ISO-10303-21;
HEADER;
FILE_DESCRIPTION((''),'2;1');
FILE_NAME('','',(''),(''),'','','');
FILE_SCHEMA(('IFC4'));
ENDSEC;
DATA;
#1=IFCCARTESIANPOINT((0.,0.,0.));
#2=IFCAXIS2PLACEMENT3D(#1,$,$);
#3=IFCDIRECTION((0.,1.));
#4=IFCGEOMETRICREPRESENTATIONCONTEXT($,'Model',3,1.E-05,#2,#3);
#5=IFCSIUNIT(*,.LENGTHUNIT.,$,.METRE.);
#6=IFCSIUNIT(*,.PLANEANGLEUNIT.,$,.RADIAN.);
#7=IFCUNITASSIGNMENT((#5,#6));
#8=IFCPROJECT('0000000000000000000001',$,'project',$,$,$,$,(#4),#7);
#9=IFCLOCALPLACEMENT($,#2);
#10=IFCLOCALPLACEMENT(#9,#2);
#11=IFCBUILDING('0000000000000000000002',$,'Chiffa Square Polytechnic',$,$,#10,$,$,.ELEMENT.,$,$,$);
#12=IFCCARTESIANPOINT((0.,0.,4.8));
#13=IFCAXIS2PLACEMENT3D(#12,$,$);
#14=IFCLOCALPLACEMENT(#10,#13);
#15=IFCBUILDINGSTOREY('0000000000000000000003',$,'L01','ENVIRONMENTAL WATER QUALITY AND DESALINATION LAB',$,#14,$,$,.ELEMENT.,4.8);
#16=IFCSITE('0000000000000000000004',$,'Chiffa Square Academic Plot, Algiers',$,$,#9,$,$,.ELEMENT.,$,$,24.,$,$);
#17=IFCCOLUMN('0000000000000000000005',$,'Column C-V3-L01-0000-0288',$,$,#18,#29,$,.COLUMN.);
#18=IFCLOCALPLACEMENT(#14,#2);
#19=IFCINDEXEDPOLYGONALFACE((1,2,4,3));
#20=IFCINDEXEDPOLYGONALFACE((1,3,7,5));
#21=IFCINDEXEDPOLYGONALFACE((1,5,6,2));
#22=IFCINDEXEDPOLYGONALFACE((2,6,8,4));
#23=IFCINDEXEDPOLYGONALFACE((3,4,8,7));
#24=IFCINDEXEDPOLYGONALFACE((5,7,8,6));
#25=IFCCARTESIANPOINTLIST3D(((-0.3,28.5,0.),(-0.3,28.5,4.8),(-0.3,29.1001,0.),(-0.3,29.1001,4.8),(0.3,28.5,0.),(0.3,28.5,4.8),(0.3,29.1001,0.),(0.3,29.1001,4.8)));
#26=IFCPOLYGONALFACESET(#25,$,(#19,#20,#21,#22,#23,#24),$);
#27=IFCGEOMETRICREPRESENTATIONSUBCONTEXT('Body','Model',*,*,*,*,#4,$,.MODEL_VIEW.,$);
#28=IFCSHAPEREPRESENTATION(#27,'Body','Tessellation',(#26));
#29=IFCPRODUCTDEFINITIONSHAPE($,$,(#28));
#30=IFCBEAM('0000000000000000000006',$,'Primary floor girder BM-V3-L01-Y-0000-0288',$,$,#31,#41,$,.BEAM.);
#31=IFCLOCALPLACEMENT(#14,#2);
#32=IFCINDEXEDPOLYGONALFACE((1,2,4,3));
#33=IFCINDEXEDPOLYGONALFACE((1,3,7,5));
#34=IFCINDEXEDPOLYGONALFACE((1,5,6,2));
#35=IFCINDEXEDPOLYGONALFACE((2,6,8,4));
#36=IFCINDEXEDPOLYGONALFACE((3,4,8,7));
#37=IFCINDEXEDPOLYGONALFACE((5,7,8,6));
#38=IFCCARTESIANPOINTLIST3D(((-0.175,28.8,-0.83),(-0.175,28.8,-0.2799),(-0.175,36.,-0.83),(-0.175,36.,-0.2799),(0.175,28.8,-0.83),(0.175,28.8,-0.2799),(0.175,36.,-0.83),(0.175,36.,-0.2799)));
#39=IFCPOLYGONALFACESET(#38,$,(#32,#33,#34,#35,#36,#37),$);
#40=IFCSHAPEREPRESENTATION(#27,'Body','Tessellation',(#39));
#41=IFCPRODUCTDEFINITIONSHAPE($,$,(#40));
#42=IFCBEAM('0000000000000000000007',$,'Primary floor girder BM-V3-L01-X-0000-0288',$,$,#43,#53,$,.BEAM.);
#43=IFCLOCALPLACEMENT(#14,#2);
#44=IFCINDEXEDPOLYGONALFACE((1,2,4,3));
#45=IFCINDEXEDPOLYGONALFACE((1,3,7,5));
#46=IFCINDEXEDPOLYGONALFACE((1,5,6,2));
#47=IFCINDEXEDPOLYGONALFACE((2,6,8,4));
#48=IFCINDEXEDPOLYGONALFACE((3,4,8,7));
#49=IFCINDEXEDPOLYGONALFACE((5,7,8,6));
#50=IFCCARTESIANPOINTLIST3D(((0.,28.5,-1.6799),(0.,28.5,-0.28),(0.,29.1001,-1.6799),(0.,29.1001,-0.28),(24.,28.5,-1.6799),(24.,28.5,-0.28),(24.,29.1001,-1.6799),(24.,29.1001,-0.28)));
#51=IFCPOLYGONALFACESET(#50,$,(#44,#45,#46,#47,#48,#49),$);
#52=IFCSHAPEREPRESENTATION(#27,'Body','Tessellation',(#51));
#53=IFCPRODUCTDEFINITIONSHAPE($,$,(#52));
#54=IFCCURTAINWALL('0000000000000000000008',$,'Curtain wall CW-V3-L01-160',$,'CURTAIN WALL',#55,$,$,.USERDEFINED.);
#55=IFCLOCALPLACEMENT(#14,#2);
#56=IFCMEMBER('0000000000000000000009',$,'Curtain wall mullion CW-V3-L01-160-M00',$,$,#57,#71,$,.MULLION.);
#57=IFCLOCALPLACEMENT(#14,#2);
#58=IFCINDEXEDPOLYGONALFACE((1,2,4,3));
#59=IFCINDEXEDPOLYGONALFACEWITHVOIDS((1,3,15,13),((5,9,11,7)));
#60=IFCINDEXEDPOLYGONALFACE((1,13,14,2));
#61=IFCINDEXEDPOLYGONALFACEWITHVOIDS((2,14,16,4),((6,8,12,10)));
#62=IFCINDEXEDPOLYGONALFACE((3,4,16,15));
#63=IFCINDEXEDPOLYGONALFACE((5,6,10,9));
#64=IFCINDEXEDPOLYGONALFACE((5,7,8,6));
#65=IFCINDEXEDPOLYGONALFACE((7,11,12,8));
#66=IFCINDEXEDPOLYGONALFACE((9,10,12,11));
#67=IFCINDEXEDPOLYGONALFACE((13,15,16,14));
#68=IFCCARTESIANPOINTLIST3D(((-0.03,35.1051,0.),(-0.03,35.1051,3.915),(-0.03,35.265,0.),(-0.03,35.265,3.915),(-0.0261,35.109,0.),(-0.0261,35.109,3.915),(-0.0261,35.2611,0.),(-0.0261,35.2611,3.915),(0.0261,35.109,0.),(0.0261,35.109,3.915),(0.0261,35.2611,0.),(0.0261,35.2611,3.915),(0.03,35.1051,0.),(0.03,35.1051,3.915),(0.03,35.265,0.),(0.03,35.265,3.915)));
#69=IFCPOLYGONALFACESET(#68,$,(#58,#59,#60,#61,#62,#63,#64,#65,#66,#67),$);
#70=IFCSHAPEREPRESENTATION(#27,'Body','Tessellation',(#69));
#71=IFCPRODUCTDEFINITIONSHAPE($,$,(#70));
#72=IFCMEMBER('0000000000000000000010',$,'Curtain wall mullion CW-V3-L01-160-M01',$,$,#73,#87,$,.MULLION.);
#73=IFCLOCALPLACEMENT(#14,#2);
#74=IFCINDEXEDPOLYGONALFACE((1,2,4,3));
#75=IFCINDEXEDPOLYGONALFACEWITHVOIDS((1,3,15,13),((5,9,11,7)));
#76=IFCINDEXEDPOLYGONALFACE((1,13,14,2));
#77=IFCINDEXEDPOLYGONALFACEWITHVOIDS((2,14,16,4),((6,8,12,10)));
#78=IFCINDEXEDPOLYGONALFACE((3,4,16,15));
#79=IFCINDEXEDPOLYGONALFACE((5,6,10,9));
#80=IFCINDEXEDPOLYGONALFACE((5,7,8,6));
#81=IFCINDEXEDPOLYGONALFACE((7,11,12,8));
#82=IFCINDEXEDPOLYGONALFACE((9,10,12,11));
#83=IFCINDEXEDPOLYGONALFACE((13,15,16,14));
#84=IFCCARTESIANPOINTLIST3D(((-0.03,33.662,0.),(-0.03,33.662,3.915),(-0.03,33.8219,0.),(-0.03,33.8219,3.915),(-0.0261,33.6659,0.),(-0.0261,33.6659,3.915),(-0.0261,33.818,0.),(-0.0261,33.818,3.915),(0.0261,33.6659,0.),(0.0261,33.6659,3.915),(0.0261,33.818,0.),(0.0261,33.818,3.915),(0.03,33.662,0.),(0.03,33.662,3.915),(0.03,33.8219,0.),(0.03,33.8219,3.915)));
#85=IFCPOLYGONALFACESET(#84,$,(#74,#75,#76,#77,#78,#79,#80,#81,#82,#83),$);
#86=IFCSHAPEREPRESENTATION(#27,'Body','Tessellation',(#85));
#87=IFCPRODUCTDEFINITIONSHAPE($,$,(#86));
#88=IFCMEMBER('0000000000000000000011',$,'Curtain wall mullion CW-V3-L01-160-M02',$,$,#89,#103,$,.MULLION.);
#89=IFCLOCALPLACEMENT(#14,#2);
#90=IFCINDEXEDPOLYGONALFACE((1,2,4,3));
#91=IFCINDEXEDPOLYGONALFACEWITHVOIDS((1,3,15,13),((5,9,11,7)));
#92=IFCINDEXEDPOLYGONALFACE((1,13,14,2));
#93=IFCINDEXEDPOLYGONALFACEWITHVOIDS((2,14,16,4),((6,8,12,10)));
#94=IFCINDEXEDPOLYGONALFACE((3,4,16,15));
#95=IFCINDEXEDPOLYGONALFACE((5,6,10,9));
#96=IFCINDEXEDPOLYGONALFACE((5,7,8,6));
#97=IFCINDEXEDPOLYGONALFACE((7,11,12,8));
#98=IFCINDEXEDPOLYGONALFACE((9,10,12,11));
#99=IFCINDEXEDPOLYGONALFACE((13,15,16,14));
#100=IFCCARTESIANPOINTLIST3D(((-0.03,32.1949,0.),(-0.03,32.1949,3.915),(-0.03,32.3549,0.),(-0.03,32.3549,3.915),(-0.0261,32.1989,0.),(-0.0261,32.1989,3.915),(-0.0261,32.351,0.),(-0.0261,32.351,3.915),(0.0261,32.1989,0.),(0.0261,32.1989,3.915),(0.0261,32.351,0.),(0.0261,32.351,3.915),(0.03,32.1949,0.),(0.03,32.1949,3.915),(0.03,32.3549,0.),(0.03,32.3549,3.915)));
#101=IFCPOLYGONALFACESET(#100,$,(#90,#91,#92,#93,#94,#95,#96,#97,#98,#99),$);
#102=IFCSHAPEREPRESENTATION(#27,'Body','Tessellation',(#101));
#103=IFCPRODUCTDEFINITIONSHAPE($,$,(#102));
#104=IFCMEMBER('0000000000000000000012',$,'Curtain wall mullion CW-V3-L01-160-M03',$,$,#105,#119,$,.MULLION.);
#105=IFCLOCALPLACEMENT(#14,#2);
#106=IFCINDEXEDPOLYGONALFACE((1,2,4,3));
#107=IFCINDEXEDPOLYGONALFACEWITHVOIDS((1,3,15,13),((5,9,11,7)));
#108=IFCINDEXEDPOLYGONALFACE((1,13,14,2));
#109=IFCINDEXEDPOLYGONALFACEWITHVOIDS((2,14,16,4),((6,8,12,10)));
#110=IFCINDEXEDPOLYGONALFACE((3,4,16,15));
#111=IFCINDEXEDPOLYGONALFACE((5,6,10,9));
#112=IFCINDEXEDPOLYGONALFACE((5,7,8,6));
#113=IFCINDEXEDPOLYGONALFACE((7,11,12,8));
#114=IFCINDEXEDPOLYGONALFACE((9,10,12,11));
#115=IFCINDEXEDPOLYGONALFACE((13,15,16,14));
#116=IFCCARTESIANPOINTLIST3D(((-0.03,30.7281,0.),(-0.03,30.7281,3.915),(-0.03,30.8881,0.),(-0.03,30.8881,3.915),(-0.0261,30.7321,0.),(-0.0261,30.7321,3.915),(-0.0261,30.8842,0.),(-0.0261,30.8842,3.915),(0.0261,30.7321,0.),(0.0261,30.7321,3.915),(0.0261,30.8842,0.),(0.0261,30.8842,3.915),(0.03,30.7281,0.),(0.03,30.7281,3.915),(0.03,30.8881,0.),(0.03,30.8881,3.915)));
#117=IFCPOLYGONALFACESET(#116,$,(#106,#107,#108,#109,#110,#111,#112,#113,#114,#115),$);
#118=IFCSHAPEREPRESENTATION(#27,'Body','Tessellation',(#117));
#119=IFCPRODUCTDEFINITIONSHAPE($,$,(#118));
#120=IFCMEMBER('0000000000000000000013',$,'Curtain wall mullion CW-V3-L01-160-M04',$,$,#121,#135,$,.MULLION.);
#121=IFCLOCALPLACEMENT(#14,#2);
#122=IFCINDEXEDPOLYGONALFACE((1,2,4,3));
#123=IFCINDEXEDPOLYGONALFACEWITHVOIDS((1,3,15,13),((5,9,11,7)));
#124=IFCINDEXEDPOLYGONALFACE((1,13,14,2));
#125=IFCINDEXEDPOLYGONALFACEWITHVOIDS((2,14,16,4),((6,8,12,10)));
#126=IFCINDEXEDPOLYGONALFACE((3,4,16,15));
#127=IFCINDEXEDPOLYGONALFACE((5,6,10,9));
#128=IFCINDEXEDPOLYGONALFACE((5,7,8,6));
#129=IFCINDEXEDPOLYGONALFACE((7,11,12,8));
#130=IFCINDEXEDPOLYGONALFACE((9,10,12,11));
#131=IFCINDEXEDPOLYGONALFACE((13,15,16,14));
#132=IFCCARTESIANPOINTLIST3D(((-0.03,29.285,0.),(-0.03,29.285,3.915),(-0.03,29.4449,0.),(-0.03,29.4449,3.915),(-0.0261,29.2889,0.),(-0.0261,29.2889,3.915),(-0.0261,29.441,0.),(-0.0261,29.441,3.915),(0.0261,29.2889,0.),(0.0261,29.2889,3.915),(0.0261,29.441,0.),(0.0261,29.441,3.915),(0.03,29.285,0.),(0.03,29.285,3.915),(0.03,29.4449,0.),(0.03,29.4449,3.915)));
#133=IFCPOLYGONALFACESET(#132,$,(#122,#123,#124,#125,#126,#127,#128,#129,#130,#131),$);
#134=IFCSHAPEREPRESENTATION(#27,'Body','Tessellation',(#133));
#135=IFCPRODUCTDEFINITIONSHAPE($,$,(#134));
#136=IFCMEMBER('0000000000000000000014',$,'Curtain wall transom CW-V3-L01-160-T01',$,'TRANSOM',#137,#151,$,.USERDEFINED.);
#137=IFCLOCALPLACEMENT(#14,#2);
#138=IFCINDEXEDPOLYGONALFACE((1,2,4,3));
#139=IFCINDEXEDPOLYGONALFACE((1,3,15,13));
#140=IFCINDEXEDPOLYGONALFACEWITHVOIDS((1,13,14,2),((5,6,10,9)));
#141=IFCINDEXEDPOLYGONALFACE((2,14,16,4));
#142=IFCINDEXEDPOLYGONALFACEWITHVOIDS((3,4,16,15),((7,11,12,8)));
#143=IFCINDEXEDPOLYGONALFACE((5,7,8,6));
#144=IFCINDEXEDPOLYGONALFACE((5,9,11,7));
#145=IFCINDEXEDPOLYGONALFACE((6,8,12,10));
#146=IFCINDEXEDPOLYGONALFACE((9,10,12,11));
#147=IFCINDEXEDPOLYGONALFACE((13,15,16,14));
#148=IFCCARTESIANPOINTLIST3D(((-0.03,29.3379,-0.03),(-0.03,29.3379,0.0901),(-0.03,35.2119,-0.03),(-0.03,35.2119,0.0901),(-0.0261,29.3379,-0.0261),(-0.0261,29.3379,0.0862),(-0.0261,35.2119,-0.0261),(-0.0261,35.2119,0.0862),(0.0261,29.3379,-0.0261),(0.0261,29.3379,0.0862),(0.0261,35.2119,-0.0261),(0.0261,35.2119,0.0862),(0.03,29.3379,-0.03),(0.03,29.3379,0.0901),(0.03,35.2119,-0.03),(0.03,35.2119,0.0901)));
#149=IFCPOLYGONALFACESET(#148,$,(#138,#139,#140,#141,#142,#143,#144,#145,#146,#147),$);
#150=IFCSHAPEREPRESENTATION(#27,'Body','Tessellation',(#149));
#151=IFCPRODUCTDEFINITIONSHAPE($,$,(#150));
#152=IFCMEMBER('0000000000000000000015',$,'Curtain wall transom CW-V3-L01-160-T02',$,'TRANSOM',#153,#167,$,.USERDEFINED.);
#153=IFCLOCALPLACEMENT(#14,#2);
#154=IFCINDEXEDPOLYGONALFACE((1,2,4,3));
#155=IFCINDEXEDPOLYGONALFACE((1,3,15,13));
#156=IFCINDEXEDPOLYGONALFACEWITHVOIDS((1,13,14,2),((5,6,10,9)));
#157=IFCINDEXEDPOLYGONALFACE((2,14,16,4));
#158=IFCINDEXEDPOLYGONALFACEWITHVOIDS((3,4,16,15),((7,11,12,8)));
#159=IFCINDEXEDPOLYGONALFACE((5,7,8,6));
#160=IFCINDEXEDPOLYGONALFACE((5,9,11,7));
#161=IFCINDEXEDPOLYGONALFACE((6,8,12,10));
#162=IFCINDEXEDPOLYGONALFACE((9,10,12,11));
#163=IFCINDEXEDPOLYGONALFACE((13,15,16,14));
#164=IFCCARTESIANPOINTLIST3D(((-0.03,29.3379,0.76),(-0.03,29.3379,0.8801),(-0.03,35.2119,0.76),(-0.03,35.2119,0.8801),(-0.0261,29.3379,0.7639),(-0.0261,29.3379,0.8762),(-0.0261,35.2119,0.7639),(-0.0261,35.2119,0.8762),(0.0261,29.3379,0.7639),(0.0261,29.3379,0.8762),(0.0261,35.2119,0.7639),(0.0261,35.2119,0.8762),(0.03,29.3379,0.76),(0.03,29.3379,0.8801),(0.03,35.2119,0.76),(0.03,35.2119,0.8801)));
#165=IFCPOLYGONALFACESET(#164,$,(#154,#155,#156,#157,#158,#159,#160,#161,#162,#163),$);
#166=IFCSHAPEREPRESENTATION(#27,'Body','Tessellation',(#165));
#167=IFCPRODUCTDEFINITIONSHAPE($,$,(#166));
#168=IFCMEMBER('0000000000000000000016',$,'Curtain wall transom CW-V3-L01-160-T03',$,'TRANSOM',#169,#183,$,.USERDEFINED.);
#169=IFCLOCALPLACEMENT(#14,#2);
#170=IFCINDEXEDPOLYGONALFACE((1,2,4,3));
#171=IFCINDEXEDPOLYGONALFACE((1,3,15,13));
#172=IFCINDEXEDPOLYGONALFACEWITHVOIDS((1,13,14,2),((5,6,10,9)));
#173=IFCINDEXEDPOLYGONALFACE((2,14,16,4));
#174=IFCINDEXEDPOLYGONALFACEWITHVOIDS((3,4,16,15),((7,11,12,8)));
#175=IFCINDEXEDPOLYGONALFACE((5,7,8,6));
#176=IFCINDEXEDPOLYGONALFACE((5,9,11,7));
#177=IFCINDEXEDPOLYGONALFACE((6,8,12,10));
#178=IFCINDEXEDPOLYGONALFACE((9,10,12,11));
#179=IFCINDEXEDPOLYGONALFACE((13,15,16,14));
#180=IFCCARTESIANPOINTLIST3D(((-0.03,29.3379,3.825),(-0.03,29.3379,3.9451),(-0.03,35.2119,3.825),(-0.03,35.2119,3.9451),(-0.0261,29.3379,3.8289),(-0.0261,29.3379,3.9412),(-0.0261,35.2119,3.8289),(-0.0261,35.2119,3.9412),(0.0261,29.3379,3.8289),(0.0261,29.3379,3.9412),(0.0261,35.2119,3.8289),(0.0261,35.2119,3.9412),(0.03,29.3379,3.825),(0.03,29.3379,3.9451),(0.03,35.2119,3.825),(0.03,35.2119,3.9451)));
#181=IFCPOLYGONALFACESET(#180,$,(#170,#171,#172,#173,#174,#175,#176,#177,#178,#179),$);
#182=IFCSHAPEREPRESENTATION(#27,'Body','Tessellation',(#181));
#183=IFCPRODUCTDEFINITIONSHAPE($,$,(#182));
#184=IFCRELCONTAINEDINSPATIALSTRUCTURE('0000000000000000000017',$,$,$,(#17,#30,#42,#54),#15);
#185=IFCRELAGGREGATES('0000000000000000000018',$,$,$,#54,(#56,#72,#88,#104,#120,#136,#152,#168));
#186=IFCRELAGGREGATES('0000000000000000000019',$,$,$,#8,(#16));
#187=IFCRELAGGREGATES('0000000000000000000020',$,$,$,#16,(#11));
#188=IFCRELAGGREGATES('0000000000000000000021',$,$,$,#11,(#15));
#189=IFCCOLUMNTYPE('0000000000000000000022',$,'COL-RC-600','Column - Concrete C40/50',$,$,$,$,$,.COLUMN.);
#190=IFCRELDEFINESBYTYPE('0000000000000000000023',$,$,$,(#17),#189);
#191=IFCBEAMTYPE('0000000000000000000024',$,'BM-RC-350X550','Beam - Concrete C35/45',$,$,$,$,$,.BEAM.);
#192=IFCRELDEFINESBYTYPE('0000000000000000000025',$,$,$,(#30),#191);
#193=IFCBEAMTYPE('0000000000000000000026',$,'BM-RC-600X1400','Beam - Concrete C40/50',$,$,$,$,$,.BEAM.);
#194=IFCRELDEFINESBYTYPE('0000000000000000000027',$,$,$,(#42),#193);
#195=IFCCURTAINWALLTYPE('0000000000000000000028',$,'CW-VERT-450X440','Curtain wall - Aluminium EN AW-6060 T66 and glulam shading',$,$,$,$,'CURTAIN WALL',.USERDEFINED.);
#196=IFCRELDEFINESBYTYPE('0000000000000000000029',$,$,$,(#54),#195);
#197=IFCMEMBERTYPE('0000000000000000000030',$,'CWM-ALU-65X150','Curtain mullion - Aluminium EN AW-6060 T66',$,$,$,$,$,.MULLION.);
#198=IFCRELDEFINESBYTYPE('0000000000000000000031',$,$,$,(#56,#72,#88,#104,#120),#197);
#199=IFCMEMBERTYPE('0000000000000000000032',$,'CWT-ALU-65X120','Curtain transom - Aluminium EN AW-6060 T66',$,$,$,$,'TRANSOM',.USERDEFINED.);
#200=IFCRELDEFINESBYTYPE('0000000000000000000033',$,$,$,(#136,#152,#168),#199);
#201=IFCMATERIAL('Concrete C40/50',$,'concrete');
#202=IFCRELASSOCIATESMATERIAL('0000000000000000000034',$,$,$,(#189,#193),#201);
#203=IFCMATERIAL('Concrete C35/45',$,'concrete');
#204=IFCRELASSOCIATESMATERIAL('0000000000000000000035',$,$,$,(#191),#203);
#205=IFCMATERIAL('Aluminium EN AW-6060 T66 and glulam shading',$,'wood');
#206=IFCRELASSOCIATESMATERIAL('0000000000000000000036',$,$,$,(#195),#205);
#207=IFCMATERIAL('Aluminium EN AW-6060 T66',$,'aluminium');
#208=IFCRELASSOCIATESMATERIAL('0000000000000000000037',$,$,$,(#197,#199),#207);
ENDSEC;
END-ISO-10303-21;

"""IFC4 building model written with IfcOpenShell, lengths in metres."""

from ifc_helpers import new_model, si_unit, direction, frame, origin, origin_2d, place, context, subcontext, project, spatial, rectangle, hollow_rectangle, extrude, material, material_profile, profile_set, type_object, element, aggregate, save


model = new_model("IFC4")

# Units and contexts
model_context = context("Model", 3, precision=1e-05, world=origin(), true_north=direction((0.0, 1.0)))
body_context = subcontext(model_context, "Body", "Model", "MODEL_VIEW")
ifc_project = project(units=[si_unit("LENGTHUNIT", "METRE"), si_unit("PLANEANGLEUNIT", "RADIAN")], contexts=[model_context])

# Site, building, storey
site_placement = place(None, origin())
site = spatial("IfcSite", under=ifc_project, at=site_placement, Name="Chiffa Square Academic Plot, Algiers", CompositionType="ELEMENT", RefElevation=24.0)
building_placement = place(site_placement, origin())
building = spatial("IfcBuilding", under=site, at=building_placement, Name="Chiffa Square Polytechnic", CompositionType="ELEMENT")
storey_placement = place(building_placement, frame((0.0, 0.0, 4.8)))
storey = spatial("IfcBuildingStorey", under=building, at=storey_placement, Name="L01", Description="ENVIRONMENTAL WATER QUALITY AND DESALINATION LAB", CompositionType="ELEMENT", Elevation=4.8)

# Column
ifc_material_1 = material(Name="Concrete C40/50", Category="concrete")
ifc_material_profile_1 = material_profile(ifc_material_1, rectangle(XDim=0.6001, YDim=0.6001, at=origin_2d()), Name="RC 600x600")
ifc_profile_set_1 = profile_set([ifc_material_profile_1], Name="Concrete C40/50")
column_type = type_object("IfcColumnType", Name="COL-RC-600", Description="Column - Concrete C40/50", PredefinedType="COLUMN", material=ifc_profile_set_1)
column_placement = place(storey_placement, frame((0.0, 28.8, 0.0), z_axis=(0.0, 0.0, 1.0), x_axis=(1.0, 0.0, 0.0)))
element("IfcColumn", 1, at=column_placement, inside=storey, type_object=column_type, Name="Column C-V3-L01-0000-0288", PredefinedType="COLUMN", context=body_context, shape_type="SweptSolid", body=[
    extrude(rectangle(XDim=0.6001, YDim=0.6001, at=origin_2d()), origin(), (0.0, 0.0, 1.0), 4.8),
])

# Beams
ifc_material_2 = material(Name="Concrete C35/45", Category="concrete")
ifc_material_profile_2 = material_profile(ifc_material_2, rectangle(XDim=0.3501, YDim=0.55, at=origin_2d()), Name="RC 350x550")
ifc_profile_set_2 = profile_set([ifc_material_profile_2], Name="Concrete C35/45")
beam_type_1 = type_object("IfcBeamType", Name="BM-RC-350X550", Description="Beam - Concrete C35/45", PredefinedType="BEAM", material=ifc_profile_set_2)
beam_1_placement = place(storey_placement, frame((0.0, 28.8, -0.5549), z_axis=(0.0, 1.0, 0.0), x_axis=(-1.0, 0.0, 0.0)))
element("IfcBeam", 2, at=beam_1_placement, inside=storey, type_object=beam_type_1, Name="Primary floor girder BM-V3-L01-Y-0000-0288", PredefinedType="BEAM", context=body_context, shape_type="SweptSolid", body=[
    extrude(rectangle(XDim=0.3501, YDim=0.55, at=origin_2d()), origin(), (0.0, 0.0, 1.0), 7.2),
])
ifc_material_profile_3 = material_profile(ifc_material_1, rectangle(XDim=0.6001, YDim=1.3999, at=origin_2d()), Name="RC 600x1400")
ifc_profile_set_3 = profile_set([ifc_material_profile_3], Name="Concrete C40/50")
beam_type_2 = type_object("IfcBeamType", Name="BM-RC-600X1400", Description="Beam - Concrete C40/50", PredefinedType="BEAM", material=ifc_profile_set_3)
beam_2_placement = place(storey_placement, frame((0.0, 28.8, -0.98), z_axis=(1.0, 0.0, 0.0), x_axis=(0.0, 1.0, 0.0)))
element("IfcBeam", 3, at=beam_2_placement, inside=storey, type_object=beam_type_2, Name="Primary floor girder BM-V3-L01-X-0000-0288", PredefinedType="BEAM", context=body_context, shape_type="SweptSolid", body=[
    extrude(rectangle(XDim=0.6001, YDim=1.3999, at=origin_2d()), origin(), (0.0, 0.0, 1.0), 24.0),
])

# Curtain wall, members
ifc_material_3 = material(Name="Aluminium EN AW-6060 T66 and glulam shading", Category="wood")
curtain_wall_type_1 = type_object("IfcCurtainWallType", Name="CW-VERT-450X440", Description="Curtain wall - Aluminium EN AW-6060 T66 and glulam shading", ElementType="CURTAIN WALL", PredefinedType="USERDEFINED", material=ifc_material_3)
curtain_wall_1_placement = place(storey_placement, origin())
curtain_wall_1 = element("IfcCurtainWall", 4, at=curtain_wall_1_placement, inside=storey, type_object=curtain_wall_type_1, Name="Curtain wall CW-V3-L01-160", ObjectType="CURTAIN WALL", PredefinedType="USERDEFINED")
ifc_material_4 = material(Name="Aluminium EN AW-6060 T66", Category="aluminium")
ifc_material_profile_4 = material_profile(ifc_material_4, hollow_rectangle(XDim=0.0601, YDim=0.1599, WallThickness=0.0039, at=origin_2d()), Name="ALU 60x160x4")
ifc_profile_set_4 = profile_set([ifc_material_profile_4], Name="Aluminium EN AW-6060 T66")
member_type_1 = type_object("IfcMemberType", Name="CWM-ALU-65X150", Description="Curtain mullion - Aluminium EN AW-6060 T66", PredefinedType="MULLION", material=ifc_profile_set_4)
member_1_placement = place(storey_placement, frame((0.0, 35.1851, 0.0), z_axis=(0.0, 0.0, 1.0), x_axis=(1.0, 0.0, 0.0)))
member_1 = element("IfcMember", 5, at=member_1_placement, type_object=member_type_1, Name="Curtain wall mullion CW-V3-L01-160-M00", PredefinedType="MULLION", context=body_context, shape_type="SweptSolid", body=[
    extrude(hollow_rectangle(XDim=0.0601, YDim=0.1599, WallThickness=0.0039, at=origin_2d()), origin(), (0.0, 0.0, 1.0), 3.915),
])
member_2_placement = place(storey_placement, frame((0.0, 33.7419, 0.0), z_axis=(0.0, 0.0, 1.0), x_axis=(1.0, 0.0, 0.0)))
member_2 = element("IfcMember", 6, at=member_2_placement, type_object=member_type_1, Name="Curtain wall mullion CW-V3-L01-160-M01", PredefinedType="MULLION", context=body_context, shape_type="SweptSolid", body=[
    extrude(hollow_rectangle(XDim=0.0601, YDim=0.1599, WallThickness=0.0039, at=origin_2d()), origin(), (0.0, 0.0, 1.0), 3.915),
])
member_3_placement = place(storey_placement, frame((0.0, 32.2749, 0.0), z_axis=(0.0, 0.0, 1.0), x_axis=(1.0, 0.0, 0.0)))
member_3 = element("IfcMember", 7, at=member_3_placement, type_object=member_type_1, Name="Curtain wall mullion CW-V3-L01-160-M02", PredefinedType="MULLION", context=body_context, shape_type="SweptSolid", body=[
    extrude(hollow_rectangle(XDim=0.0601, YDim=0.1599, WallThickness=0.0039, at=origin_2d()), origin(), (0.0, 0.0, 1.0), 3.915),
])
member_4_placement = place(storey_placement, frame((0.0, 30.8081, 0.0), z_axis=(0.0, 0.0, 1.0), x_axis=(1.0, 0.0, 0.0)))
member_4 = element("IfcMember", 8, at=member_4_placement, type_object=member_type_1, Name="Curtain wall mullion CW-V3-L01-160-M03", PredefinedType="MULLION", context=body_context, shape_type="SweptSolid", body=[
    extrude(hollow_rectangle(XDim=0.0601, YDim=0.1599, WallThickness=0.0039, at=origin_2d()), origin(), (0.0, 0.0, 1.0), 3.915),
])
member_5_placement = place(storey_placement, frame((0.0, 29.365, 0.0), z_axis=(0.0, 0.0, 1.0), x_axis=(1.0, 0.0, 0.0)))
member_5 = element("IfcMember", 9, at=member_5_placement, type_object=member_type_1, Name="Curtain wall mullion CW-V3-L01-160-M04", PredefinedType="MULLION", context=body_context, shape_type="SweptSolid", body=[
    extrude(hollow_rectangle(XDim=0.0601, YDim=0.1599, WallThickness=0.0039, at=origin_2d()), origin(), (0.0, 0.0, 1.0), 3.915),
])
ifc_material_profile_5 = material_profile(ifc_material_4, hollow_rectangle(XDim=0.0601, YDim=0.1201, WallThickness=0.0039, at=origin_2d()), Name="ALU 60x120x4")
ifc_profile_set_5 = profile_set([ifc_material_profile_5], Name="Aluminium EN AW-6060 T66")
member_type_2 = type_object("IfcMemberType", Name="CWT-ALU-65X120", Description="Curtain transom - Aluminium EN AW-6060 T66", ElementType="TRANSOM", PredefinedType="USERDEFINED", material=ifc_profile_set_5)
member_6_placement = place(storey_placement, frame((0.0, 35.2119, 0.03), z_axis=(0.0, -1.0, 0.0), x_axis=(1.0, 0.0, 0.0)))
member_6 = element("IfcMember", 10, at=member_6_placement, type_object=member_type_2, Name="Curtain wall transom CW-V3-L01-160-T01", ObjectType="TRANSOM", PredefinedType="USERDEFINED", context=body_context, shape_type="SweptSolid", body=[
    extrude(hollow_rectangle(XDim=0.0601, YDim=0.1201, WallThickness=0.0039, at=origin_2d()), origin(), (0.0, 0.0, 1.0), 5.874),
])
member_7_placement = place(storey_placement, frame((0.0, 35.2119, 0.8201), z_axis=(0.0, -1.0, 0.0), x_axis=(1.0, 0.0, 0.0)))
member_7 = element("IfcMember", 11, at=member_7_placement, type_object=member_type_2, Name="Curtain wall transom CW-V3-L01-160-T02", ObjectType="TRANSOM", PredefinedType="USERDEFINED", context=body_context, shape_type="SweptSolid", body=[
    extrude(hollow_rectangle(XDim=0.0601, YDim=0.1201, WallThickness=0.0039, at=origin_2d()), origin(), (0.0, 0.0, 1.0), 5.874),
])
member_8_placement = place(storey_placement, frame((0.0, 35.2119, 3.885), z_axis=(0.0, -1.0, 0.0), x_axis=(1.0, 0.0, 0.0)))
member_8 = element("IfcMember", 12, at=member_8_placement, type_object=member_type_2, Name="Curtain wall transom CW-V3-L01-160-T03", ObjectType="TRANSOM", PredefinedType="USERDEFINED", context=body_context, shape_type="SweptSolid", body=[
    extrude(hollow_rectangle(XDim=0.0601, YDim=0.1201, WallThickness=0.0039, at=origin_2d()), origin(), (0.0, 0.0, 1.0), 5.874),
])

aggregate(curtain_wall_1, [member_1, member_2, member_3, member_4, member_5, member_6, member_7, member_8])

save(model, "model.ifc")
